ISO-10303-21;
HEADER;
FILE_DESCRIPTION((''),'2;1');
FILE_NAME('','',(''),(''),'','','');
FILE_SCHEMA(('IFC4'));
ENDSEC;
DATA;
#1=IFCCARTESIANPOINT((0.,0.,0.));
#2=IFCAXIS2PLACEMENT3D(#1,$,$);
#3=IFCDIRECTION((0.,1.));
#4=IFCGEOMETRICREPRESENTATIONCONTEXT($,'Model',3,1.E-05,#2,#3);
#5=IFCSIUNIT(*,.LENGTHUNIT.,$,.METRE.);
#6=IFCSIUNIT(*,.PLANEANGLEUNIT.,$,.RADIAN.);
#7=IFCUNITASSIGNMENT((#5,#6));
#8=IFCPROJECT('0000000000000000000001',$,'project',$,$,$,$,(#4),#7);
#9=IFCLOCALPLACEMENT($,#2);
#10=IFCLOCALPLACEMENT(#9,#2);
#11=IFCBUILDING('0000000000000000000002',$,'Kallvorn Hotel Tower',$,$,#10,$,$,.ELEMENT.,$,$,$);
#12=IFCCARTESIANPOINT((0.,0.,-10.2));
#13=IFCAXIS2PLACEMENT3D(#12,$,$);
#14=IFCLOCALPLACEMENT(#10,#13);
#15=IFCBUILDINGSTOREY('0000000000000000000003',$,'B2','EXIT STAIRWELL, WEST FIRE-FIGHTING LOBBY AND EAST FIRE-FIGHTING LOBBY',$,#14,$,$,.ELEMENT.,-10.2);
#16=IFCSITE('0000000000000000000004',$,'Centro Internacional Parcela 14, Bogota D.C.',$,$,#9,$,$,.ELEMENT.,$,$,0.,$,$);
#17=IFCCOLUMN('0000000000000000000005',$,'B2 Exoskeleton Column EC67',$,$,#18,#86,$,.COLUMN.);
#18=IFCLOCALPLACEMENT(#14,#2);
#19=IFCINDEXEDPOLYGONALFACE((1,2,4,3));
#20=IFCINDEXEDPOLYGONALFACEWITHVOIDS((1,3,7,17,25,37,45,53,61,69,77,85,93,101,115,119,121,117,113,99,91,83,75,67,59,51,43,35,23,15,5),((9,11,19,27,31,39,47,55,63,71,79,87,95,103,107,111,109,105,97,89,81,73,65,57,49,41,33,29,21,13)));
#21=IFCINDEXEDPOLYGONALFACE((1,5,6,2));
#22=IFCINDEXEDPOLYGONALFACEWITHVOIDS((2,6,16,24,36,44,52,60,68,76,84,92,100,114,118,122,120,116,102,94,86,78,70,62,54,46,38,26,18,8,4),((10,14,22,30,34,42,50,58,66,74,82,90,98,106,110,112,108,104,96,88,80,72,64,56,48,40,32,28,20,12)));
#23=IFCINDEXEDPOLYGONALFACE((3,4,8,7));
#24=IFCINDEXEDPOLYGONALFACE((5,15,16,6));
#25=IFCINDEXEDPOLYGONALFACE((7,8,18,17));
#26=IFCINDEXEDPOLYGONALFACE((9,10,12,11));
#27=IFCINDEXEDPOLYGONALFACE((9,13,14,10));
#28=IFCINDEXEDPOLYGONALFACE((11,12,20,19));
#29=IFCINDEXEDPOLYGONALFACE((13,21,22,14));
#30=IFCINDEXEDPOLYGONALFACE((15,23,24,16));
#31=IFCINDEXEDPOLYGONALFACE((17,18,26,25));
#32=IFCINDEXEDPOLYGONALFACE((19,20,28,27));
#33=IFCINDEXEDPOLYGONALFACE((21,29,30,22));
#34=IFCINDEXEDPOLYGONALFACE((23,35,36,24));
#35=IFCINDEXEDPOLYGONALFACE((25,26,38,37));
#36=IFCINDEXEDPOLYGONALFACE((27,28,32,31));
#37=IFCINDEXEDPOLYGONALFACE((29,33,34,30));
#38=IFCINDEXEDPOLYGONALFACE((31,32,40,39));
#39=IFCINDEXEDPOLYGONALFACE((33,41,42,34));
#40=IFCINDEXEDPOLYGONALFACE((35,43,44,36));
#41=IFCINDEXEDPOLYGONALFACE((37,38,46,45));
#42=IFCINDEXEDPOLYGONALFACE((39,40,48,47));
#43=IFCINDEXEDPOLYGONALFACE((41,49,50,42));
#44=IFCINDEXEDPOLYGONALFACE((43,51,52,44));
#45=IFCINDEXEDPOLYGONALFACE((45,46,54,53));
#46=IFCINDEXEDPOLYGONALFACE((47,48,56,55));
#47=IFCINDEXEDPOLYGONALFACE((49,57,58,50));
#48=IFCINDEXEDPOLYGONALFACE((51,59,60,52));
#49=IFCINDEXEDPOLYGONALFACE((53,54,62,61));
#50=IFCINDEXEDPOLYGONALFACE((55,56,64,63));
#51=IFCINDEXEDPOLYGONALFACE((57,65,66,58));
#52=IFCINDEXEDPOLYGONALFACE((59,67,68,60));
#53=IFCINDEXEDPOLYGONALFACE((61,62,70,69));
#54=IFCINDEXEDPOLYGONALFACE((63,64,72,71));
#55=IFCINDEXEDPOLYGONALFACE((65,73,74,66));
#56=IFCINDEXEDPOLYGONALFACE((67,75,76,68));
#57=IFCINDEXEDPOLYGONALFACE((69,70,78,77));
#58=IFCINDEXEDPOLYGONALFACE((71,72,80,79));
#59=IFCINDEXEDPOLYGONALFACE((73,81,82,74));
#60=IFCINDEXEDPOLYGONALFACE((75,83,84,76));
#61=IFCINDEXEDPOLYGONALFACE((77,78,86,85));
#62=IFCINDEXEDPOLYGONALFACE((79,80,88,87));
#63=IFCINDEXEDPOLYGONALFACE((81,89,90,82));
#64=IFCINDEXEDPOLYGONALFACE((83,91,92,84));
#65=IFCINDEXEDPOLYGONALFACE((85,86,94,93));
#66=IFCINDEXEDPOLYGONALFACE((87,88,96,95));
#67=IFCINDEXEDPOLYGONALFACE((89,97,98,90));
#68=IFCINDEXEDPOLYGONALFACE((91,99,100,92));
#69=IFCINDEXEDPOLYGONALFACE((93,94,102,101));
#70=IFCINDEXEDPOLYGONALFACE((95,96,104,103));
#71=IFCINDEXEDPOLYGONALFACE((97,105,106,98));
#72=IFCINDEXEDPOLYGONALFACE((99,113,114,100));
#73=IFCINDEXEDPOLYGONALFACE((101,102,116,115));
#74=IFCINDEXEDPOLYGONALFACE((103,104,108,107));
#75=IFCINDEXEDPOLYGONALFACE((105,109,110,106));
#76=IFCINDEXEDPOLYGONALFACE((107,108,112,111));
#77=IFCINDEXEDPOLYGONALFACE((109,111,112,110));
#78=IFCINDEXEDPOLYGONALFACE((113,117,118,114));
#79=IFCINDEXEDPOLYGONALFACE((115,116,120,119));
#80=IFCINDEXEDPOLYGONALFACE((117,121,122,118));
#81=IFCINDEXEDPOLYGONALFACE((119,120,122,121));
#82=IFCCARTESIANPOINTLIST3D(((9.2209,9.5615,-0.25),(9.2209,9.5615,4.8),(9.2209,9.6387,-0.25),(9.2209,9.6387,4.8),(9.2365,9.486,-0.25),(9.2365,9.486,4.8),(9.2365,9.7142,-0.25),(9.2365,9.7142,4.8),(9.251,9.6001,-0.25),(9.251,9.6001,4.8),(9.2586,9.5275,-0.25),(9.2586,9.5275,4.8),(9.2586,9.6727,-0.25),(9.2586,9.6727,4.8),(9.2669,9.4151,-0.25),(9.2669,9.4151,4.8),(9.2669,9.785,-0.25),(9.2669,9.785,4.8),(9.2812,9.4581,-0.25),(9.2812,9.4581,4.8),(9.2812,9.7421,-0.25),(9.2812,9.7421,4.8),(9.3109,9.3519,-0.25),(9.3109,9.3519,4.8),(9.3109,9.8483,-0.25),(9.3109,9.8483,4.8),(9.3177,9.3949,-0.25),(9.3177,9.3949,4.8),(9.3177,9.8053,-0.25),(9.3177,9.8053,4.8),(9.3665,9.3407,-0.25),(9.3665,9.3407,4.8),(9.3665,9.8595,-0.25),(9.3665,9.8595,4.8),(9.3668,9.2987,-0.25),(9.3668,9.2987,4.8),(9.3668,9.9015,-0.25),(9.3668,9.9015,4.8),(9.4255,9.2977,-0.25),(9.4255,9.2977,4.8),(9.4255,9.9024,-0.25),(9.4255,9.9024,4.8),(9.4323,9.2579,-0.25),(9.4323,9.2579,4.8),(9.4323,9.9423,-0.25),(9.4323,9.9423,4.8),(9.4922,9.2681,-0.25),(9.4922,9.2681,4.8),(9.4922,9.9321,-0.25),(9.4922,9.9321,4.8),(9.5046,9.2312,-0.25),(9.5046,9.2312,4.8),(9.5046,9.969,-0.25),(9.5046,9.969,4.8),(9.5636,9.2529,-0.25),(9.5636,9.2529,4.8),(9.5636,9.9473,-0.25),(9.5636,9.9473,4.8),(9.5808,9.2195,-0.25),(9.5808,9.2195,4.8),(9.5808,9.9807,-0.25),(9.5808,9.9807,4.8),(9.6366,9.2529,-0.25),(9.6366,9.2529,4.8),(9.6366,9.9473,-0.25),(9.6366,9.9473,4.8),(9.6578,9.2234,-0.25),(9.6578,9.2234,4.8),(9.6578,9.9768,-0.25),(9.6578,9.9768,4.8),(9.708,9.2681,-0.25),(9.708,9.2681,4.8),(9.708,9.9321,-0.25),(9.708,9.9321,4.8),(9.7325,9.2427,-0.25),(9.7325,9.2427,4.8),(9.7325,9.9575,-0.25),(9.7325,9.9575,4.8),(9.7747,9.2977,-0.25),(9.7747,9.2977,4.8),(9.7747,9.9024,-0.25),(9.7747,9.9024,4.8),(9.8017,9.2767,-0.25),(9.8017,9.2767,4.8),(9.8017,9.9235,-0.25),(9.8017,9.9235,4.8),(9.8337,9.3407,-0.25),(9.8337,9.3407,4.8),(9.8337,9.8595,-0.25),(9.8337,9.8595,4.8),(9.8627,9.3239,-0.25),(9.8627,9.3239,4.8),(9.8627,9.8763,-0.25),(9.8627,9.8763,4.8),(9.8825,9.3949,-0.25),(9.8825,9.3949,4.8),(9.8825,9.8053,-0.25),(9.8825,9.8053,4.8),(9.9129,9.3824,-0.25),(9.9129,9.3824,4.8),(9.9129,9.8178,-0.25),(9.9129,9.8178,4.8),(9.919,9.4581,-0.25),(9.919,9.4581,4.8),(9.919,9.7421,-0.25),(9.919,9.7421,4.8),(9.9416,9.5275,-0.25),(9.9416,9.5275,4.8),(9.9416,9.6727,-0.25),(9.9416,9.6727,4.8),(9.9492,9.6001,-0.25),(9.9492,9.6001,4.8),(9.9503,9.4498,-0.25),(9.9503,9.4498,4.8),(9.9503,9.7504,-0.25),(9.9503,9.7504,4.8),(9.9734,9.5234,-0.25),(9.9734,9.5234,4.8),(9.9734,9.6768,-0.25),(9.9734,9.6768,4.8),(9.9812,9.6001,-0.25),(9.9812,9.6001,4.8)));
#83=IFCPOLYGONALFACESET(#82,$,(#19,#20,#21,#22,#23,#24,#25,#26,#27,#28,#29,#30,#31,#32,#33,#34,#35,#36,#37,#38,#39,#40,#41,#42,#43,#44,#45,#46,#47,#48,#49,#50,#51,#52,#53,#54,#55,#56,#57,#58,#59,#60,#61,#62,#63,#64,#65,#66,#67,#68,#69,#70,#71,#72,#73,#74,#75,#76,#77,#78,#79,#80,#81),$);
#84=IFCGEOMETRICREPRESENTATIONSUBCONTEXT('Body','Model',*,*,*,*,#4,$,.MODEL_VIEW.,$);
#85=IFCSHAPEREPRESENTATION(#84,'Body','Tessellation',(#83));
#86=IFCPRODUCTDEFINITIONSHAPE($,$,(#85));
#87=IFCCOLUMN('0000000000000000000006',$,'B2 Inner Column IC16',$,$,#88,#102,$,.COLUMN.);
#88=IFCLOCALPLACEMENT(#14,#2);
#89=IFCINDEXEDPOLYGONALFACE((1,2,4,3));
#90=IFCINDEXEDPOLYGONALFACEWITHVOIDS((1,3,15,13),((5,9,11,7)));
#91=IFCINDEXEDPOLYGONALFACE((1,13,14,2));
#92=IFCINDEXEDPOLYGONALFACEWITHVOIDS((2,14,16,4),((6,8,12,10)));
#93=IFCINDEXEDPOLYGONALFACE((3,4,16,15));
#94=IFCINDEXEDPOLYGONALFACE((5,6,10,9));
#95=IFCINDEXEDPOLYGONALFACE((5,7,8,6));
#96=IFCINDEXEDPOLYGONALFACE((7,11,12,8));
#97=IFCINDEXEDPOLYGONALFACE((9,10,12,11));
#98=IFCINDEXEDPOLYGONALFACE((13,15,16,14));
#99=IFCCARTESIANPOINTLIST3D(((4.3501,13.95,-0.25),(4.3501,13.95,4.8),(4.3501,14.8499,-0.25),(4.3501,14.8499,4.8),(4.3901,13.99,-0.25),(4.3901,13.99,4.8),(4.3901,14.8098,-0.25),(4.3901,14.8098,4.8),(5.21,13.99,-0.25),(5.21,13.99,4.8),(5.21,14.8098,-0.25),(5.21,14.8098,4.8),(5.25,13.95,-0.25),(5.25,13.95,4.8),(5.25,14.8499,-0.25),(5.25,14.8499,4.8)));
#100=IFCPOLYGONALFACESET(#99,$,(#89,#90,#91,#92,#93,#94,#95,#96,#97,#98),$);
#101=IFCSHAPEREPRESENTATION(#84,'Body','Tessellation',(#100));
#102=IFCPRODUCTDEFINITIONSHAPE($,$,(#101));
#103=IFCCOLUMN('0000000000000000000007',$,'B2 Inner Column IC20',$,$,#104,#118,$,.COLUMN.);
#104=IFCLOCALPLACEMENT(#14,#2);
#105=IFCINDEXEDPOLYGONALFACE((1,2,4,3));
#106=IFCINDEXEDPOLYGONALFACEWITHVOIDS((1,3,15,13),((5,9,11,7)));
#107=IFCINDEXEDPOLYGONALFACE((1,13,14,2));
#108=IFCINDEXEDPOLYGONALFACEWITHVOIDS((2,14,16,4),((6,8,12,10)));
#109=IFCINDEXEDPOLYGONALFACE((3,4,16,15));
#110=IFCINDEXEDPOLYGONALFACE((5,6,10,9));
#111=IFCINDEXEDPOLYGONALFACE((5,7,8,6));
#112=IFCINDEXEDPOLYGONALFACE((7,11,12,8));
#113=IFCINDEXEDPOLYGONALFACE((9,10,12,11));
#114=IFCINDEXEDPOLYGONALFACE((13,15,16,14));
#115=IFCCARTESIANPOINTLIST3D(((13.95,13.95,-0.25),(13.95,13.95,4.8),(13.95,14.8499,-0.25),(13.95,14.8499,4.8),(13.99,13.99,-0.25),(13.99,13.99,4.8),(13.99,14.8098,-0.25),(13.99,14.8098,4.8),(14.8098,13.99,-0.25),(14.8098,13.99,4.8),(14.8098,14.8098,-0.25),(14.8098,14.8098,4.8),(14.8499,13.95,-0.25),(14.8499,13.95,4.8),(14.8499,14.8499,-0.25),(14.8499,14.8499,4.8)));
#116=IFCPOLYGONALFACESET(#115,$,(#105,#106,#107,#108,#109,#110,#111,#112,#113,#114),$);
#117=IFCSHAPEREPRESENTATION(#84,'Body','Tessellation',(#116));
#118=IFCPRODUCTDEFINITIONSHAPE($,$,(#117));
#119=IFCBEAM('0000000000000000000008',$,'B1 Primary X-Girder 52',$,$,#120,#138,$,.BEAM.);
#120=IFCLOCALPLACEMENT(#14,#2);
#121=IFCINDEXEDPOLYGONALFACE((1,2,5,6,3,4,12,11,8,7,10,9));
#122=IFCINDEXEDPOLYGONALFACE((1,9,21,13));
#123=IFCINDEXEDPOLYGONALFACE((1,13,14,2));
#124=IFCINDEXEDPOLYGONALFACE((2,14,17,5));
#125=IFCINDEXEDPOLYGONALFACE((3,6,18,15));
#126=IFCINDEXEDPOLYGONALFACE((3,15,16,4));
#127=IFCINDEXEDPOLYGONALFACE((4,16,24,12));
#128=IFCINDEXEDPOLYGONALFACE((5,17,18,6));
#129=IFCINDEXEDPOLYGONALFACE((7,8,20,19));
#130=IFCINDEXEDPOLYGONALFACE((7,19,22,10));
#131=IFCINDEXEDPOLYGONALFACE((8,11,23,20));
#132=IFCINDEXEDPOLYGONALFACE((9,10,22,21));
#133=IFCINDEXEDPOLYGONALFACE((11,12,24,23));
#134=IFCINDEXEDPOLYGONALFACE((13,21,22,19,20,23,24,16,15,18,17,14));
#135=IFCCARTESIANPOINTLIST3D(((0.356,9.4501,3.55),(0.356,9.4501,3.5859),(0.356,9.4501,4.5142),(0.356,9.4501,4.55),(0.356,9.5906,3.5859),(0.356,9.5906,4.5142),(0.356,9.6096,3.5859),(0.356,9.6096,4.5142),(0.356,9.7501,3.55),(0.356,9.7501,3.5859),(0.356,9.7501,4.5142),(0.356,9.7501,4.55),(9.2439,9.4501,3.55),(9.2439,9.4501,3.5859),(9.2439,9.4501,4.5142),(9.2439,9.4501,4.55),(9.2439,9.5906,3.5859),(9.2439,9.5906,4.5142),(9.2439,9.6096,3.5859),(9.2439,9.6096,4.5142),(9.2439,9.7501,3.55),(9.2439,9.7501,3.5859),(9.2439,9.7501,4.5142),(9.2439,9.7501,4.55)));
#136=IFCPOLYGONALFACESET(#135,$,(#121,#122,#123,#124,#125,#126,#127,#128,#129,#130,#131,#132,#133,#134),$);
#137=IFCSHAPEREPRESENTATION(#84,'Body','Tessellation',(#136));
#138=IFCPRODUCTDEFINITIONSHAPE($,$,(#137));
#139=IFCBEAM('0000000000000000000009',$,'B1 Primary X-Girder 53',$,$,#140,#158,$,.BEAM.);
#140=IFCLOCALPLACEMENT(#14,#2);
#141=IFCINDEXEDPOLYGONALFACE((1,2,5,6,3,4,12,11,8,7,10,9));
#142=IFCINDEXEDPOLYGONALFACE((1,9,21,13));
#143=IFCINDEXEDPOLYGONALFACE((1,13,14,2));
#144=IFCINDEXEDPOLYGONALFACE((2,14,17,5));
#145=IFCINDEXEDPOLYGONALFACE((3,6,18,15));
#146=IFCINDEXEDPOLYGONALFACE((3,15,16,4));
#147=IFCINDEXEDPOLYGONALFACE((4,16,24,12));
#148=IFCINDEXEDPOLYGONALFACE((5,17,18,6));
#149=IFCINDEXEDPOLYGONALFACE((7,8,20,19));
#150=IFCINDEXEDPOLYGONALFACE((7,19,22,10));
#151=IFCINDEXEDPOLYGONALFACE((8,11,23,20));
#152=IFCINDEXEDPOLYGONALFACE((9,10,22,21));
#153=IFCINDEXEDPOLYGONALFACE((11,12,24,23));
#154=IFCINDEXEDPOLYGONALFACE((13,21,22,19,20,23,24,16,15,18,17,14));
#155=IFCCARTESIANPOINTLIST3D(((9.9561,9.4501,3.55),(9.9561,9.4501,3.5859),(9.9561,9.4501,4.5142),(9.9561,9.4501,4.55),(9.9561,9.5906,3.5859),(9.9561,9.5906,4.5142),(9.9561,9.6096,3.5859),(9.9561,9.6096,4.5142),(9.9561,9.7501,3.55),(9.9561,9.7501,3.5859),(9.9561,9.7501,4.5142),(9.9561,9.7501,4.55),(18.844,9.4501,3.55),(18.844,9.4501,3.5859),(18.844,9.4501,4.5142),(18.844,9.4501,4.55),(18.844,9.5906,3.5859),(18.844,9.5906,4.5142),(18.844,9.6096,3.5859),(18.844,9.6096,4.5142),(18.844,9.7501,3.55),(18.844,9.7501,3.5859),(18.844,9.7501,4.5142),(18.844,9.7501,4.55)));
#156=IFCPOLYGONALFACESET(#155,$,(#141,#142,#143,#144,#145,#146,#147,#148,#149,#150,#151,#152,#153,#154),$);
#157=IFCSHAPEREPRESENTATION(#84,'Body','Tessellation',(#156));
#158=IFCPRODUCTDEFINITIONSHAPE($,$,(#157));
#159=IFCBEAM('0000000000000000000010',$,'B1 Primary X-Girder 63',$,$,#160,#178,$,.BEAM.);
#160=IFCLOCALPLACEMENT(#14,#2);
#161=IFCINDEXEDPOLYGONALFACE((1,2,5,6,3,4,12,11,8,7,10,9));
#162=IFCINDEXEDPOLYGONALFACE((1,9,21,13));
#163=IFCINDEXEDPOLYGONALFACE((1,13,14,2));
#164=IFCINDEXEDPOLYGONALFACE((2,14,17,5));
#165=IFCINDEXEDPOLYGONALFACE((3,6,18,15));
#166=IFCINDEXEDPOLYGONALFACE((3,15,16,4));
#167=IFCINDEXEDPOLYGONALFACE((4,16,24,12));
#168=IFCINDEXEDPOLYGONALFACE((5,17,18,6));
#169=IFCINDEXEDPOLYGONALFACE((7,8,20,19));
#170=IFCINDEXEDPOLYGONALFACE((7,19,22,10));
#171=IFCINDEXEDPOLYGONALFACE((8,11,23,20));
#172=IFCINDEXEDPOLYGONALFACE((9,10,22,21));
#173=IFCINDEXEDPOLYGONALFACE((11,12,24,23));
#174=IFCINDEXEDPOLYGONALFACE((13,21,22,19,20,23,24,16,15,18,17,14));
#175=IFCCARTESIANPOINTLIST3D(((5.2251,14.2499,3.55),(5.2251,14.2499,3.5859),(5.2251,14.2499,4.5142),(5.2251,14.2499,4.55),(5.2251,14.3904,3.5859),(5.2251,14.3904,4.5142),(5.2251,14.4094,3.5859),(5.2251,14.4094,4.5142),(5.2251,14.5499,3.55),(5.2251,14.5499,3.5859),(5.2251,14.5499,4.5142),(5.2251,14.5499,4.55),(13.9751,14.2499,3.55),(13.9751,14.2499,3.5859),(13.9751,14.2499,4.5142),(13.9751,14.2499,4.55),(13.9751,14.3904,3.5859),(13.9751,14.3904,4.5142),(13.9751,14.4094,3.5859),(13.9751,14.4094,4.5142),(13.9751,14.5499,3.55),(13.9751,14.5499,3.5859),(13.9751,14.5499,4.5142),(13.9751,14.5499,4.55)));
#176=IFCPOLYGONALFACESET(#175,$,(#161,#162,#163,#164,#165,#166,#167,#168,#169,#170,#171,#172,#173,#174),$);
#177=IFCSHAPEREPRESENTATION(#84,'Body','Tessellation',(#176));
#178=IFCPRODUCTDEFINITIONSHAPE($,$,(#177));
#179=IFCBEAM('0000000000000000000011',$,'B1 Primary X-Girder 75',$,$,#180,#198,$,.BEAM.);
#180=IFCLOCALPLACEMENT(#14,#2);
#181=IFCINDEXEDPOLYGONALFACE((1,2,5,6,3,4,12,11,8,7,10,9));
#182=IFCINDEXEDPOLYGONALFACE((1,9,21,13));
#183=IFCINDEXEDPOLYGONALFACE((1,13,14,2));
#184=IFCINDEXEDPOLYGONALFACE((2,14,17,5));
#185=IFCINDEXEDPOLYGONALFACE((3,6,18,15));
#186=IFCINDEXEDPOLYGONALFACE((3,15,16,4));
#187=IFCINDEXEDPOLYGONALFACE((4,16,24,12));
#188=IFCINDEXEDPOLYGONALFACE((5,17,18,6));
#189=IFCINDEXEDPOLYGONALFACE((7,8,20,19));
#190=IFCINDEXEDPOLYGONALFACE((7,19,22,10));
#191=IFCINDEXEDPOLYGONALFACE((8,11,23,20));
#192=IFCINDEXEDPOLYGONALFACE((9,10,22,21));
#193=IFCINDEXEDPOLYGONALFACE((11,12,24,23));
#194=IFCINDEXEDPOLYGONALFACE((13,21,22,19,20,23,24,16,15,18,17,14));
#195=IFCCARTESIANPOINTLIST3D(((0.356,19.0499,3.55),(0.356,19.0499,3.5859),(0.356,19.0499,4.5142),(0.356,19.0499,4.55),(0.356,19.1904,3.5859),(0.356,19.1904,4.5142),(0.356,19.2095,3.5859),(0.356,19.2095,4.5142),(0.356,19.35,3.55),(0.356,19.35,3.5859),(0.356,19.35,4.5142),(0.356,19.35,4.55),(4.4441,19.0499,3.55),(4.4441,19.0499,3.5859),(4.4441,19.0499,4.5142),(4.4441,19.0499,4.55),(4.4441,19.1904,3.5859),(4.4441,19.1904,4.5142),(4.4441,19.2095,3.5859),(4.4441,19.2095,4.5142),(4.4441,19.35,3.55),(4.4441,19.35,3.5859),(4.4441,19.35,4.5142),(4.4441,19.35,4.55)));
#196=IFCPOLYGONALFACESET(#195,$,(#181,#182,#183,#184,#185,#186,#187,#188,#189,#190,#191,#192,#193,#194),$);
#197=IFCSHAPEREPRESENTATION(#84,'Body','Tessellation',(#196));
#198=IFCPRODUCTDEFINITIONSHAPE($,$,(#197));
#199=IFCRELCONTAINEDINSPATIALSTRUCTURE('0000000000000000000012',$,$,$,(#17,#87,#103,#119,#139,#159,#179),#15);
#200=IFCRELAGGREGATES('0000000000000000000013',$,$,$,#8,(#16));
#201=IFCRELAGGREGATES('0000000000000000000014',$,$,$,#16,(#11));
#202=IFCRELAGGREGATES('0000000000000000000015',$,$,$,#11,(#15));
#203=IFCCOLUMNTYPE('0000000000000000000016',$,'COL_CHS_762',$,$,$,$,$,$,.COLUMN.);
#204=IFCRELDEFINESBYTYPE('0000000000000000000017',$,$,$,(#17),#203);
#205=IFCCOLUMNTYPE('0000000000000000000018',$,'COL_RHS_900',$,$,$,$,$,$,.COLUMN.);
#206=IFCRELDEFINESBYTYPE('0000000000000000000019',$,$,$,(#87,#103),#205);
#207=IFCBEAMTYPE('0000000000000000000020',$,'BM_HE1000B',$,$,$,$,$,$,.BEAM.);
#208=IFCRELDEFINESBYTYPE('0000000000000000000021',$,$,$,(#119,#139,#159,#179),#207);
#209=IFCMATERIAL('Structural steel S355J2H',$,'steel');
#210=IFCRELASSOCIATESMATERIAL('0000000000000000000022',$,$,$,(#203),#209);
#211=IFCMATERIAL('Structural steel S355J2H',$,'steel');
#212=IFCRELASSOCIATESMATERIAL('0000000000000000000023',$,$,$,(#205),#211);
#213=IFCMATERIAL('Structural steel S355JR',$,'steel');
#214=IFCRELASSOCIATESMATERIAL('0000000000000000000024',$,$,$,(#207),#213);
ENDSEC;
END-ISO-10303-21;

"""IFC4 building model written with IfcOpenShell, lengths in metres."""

from ifc_helpers import new_model, si_unit, direction, frame, origin, origin_2d, place, context, subcontext, project, spatial, hollow_rectangle, hollow_circle, i_section, extrude, material, material_profile, profile_set, type_object, element, save


model = new_model("IFC4")

# Units and contexts
model_context = context("Model", 3, precision=1e-05, world=origin(), true_north=direction((0.0, 1.0)))
body_context = subcontext(model_context, "Body", "Model", "MODEL_VIEW")
ifc_project = project(units=[si_unit("LENGTHUNIT", "METRE"), si_unit("PLANEANGLEUNIT", "RADIAN")], contexts=[model_context])

# Site, building, storey
site_placement = place(None, origin())
site = spatial("IfcSite", under=ifc_project, at=site_placement, Name="Centro Internacional Parcela 14, Bogota D.C.", CompositionType="ELEMENT", RefElevation=0.0)
building_placement = place(site_placement, origin())
building = spatial("IfcBuilding", under=site, at=building_placement, Name="Kallvorn Hotel Tower", CompositionType="ELEMENT")
storey_placement = place(building_placement, frame((0.0, 0.0, -10.2)))
storey = spatial("IfcBuildingStorey", under=building, at=storey_placement, Name="B2", Description="EXIT STAIRWELL, WEST FIRE-FIGHTING LOBBY AND EAST FIRE-FIGHTING LOBBY", CompositionType="ELEMENT", Elevation=-10.2)

# Columns
ifc_material_1 = material(Name="Structural steel S355J2H", Category="steel")
ifc_material_profile_1 = material_profile(ifc_material_1, hollow_circle(Radius=0.3811, WallThickness=0.032, at=origin_2d()), Name="CHS 762x32")
ifc_profile_set_1 = profile_set([ifc_material_profile_1], Name="Structural steel S355J2H")
column_type_1 = type_object("IfcColumnType", Name="COL_CHS_762", PredefinedType="COLUMN", material=ifc_profile_set_1)
for number, where, z_axis, x_axis, name in (
    (1, (9.6001, 9.6001, -0.25), (0.0, 0.0, 1.0), (1.0, 0.0, 0.0), "B2 Exoskeleton Column EC67"),
):
    element("IfcColumn", number, at=place(storey_placement, frame(where, z_axis=z_axis, x_axis=x_axis)), inside=storey, type_object=column_type_1, Name=name, PredefinedType="COLUMN", context=body_context, shape_type="SweptSolid", body=[
        extrude(hollow_circle(Radius=0.3811, WallThickness=0.032, at=origin_2d()), origin(), (0.0, 0.0, 1.0), 5.05),
    ])
ifc_material_2 = material(Name="Structural steel S355J2H", Category="steel")
ifc_material_profile_2 = material_profile(ifc_material_2, hollow_rectangle(XDim=0.8999, YDim=0.8999, WallThickness=0.04, at=origin_2d()), Name="RHS 900x900x40")
ifc_profile_set_2 = profile_set([ifc_material_profile_2], Name="Structural steel S355J2H")
column_type_2 = type_object("IfcColumnType", Name="COL_RHS_900", PredefinedType="COLUMN", material=ifc_profile_set_2)
for number, where, z_axis, x_axis, name in (
    (2, (4.8, 14.3999, -0.25), (0.0, 0.0, 1.0), (1.0, 0.0, 0.0), "B2 Inner Column IC16"),
    (3, (14.3999, 14.3999, -0.25), (0.0, 0.0, 1.0), (1.0, 0.0, 0.0), "B2 Inner Column IC20"),
):
    element("IfcColumn", number, at=place(storey_placement, frame(where, z_axis=z_axis, x_axis=x_axis)), inside=storey, type_object=column_type_2, Name=name, PredefinedType="COLUMN", context=body_context, shape_type="SweptSolid", body=[
        extrude(hollow_rectangle(XDim=0.8999, YDim=0.8999, WallThickness=0.04, at=origin_2d()), origin(), (0.0, 0.0, 1.0), 5.05),
    ])

# Beams
ifc_material_3 = material(Name="Structural steel S355JR", Category="steel")
ifc_material_profile_3 = material_profile(ifc_material_3, i_section(OverallWidth=0.3, OverallDepth=1.0, WebThickness=0.019, FlangeThickness=0.0359, at=origin_2d()), Name="HE 1000 B")
ifc_profile_set_3 = profile_set([ifc_material_profile_3], Name="Structural steel S355JR")
beam_type_1 = type_object("IfcBeamType", Name="BM_HE1000B", PredefinedType="BEAM", material=ifc_profile_set_3)
for number, where, z_axis, x_axis, name in (
    (4, (0.356, 9.6001, 4.05), (1.0, 0.0, 0.0), (0.0, 1.0, 0.0), "B1 Primary X-Girder 52"),
    (5, (9.9561, 9.6001, 4.05), (1.0, 0.0, 0.0), (0.0, 1.0, 0.0), "B1 Primary X-Girder 53"),
):
    element("IfcBeam", number, at=place(storey_placement, frame(where, z_axis=z_axis, x_axis=x_axis)), inside=storey, type_object=beam_type_1, Name=name, PredefinedType="BEAM", context=body_context, shape_type="SweptSolid", body=[
        extrude(i_section(OverallWidth=0.3, OverallDepth=1.0, WebThickness=0.019, FlangeThickness=0.0359, at=origin_2d()), origin(), (0.0, 0.0, 1.0), 8.8879),
    ])
beam_1_placement = place(storey_placement, frame((5.2251, 14.3999, 4.05), z_axis=(1.0, 0.0, 0.0), x_axis=(0.0, 1.0, 0.0)))
element("IfcBeam", 6, at=beam_1_placement, inside=storey, type_object=beam_type_1, Name="B1 Primary X-Girder 63", PredefinedType="BEAM", context=body_context, shape_type="SweptSolid", body=[
    extrude(i_section(OverallWidth=0.3, OverallDepth=1.0, WebThickness=0.019, FlangeThickness=0.0359, at=origin_2d()), origin(), (0.0, 0.0, 1.0), 8.75),
])
beam_2_placement = place(storey_placement, frame((0.356, 19.2, 4.05), z_axis=(1.0, 0.0, 0.0), x_axis=(0.0, 1.0, 0.0)))
element("IfcBeam", 7, at=beam_2_placement, inside=storey, type_object=beam_type_1, Name="B1 Primary X-Girder 75", PredefinedType="BEAM", context=body_context, shape_type="SweptSolid", body=[
    extrude(i_section(OverallWidth=0.3, OverallDepth=1.0, WebThickness=0.019, FlangeThickness=0.0359, at=origin_2d()), origin(), (0.0, 0.0, 1.0), 4.0881),
])

save(model, "model.ifc")
